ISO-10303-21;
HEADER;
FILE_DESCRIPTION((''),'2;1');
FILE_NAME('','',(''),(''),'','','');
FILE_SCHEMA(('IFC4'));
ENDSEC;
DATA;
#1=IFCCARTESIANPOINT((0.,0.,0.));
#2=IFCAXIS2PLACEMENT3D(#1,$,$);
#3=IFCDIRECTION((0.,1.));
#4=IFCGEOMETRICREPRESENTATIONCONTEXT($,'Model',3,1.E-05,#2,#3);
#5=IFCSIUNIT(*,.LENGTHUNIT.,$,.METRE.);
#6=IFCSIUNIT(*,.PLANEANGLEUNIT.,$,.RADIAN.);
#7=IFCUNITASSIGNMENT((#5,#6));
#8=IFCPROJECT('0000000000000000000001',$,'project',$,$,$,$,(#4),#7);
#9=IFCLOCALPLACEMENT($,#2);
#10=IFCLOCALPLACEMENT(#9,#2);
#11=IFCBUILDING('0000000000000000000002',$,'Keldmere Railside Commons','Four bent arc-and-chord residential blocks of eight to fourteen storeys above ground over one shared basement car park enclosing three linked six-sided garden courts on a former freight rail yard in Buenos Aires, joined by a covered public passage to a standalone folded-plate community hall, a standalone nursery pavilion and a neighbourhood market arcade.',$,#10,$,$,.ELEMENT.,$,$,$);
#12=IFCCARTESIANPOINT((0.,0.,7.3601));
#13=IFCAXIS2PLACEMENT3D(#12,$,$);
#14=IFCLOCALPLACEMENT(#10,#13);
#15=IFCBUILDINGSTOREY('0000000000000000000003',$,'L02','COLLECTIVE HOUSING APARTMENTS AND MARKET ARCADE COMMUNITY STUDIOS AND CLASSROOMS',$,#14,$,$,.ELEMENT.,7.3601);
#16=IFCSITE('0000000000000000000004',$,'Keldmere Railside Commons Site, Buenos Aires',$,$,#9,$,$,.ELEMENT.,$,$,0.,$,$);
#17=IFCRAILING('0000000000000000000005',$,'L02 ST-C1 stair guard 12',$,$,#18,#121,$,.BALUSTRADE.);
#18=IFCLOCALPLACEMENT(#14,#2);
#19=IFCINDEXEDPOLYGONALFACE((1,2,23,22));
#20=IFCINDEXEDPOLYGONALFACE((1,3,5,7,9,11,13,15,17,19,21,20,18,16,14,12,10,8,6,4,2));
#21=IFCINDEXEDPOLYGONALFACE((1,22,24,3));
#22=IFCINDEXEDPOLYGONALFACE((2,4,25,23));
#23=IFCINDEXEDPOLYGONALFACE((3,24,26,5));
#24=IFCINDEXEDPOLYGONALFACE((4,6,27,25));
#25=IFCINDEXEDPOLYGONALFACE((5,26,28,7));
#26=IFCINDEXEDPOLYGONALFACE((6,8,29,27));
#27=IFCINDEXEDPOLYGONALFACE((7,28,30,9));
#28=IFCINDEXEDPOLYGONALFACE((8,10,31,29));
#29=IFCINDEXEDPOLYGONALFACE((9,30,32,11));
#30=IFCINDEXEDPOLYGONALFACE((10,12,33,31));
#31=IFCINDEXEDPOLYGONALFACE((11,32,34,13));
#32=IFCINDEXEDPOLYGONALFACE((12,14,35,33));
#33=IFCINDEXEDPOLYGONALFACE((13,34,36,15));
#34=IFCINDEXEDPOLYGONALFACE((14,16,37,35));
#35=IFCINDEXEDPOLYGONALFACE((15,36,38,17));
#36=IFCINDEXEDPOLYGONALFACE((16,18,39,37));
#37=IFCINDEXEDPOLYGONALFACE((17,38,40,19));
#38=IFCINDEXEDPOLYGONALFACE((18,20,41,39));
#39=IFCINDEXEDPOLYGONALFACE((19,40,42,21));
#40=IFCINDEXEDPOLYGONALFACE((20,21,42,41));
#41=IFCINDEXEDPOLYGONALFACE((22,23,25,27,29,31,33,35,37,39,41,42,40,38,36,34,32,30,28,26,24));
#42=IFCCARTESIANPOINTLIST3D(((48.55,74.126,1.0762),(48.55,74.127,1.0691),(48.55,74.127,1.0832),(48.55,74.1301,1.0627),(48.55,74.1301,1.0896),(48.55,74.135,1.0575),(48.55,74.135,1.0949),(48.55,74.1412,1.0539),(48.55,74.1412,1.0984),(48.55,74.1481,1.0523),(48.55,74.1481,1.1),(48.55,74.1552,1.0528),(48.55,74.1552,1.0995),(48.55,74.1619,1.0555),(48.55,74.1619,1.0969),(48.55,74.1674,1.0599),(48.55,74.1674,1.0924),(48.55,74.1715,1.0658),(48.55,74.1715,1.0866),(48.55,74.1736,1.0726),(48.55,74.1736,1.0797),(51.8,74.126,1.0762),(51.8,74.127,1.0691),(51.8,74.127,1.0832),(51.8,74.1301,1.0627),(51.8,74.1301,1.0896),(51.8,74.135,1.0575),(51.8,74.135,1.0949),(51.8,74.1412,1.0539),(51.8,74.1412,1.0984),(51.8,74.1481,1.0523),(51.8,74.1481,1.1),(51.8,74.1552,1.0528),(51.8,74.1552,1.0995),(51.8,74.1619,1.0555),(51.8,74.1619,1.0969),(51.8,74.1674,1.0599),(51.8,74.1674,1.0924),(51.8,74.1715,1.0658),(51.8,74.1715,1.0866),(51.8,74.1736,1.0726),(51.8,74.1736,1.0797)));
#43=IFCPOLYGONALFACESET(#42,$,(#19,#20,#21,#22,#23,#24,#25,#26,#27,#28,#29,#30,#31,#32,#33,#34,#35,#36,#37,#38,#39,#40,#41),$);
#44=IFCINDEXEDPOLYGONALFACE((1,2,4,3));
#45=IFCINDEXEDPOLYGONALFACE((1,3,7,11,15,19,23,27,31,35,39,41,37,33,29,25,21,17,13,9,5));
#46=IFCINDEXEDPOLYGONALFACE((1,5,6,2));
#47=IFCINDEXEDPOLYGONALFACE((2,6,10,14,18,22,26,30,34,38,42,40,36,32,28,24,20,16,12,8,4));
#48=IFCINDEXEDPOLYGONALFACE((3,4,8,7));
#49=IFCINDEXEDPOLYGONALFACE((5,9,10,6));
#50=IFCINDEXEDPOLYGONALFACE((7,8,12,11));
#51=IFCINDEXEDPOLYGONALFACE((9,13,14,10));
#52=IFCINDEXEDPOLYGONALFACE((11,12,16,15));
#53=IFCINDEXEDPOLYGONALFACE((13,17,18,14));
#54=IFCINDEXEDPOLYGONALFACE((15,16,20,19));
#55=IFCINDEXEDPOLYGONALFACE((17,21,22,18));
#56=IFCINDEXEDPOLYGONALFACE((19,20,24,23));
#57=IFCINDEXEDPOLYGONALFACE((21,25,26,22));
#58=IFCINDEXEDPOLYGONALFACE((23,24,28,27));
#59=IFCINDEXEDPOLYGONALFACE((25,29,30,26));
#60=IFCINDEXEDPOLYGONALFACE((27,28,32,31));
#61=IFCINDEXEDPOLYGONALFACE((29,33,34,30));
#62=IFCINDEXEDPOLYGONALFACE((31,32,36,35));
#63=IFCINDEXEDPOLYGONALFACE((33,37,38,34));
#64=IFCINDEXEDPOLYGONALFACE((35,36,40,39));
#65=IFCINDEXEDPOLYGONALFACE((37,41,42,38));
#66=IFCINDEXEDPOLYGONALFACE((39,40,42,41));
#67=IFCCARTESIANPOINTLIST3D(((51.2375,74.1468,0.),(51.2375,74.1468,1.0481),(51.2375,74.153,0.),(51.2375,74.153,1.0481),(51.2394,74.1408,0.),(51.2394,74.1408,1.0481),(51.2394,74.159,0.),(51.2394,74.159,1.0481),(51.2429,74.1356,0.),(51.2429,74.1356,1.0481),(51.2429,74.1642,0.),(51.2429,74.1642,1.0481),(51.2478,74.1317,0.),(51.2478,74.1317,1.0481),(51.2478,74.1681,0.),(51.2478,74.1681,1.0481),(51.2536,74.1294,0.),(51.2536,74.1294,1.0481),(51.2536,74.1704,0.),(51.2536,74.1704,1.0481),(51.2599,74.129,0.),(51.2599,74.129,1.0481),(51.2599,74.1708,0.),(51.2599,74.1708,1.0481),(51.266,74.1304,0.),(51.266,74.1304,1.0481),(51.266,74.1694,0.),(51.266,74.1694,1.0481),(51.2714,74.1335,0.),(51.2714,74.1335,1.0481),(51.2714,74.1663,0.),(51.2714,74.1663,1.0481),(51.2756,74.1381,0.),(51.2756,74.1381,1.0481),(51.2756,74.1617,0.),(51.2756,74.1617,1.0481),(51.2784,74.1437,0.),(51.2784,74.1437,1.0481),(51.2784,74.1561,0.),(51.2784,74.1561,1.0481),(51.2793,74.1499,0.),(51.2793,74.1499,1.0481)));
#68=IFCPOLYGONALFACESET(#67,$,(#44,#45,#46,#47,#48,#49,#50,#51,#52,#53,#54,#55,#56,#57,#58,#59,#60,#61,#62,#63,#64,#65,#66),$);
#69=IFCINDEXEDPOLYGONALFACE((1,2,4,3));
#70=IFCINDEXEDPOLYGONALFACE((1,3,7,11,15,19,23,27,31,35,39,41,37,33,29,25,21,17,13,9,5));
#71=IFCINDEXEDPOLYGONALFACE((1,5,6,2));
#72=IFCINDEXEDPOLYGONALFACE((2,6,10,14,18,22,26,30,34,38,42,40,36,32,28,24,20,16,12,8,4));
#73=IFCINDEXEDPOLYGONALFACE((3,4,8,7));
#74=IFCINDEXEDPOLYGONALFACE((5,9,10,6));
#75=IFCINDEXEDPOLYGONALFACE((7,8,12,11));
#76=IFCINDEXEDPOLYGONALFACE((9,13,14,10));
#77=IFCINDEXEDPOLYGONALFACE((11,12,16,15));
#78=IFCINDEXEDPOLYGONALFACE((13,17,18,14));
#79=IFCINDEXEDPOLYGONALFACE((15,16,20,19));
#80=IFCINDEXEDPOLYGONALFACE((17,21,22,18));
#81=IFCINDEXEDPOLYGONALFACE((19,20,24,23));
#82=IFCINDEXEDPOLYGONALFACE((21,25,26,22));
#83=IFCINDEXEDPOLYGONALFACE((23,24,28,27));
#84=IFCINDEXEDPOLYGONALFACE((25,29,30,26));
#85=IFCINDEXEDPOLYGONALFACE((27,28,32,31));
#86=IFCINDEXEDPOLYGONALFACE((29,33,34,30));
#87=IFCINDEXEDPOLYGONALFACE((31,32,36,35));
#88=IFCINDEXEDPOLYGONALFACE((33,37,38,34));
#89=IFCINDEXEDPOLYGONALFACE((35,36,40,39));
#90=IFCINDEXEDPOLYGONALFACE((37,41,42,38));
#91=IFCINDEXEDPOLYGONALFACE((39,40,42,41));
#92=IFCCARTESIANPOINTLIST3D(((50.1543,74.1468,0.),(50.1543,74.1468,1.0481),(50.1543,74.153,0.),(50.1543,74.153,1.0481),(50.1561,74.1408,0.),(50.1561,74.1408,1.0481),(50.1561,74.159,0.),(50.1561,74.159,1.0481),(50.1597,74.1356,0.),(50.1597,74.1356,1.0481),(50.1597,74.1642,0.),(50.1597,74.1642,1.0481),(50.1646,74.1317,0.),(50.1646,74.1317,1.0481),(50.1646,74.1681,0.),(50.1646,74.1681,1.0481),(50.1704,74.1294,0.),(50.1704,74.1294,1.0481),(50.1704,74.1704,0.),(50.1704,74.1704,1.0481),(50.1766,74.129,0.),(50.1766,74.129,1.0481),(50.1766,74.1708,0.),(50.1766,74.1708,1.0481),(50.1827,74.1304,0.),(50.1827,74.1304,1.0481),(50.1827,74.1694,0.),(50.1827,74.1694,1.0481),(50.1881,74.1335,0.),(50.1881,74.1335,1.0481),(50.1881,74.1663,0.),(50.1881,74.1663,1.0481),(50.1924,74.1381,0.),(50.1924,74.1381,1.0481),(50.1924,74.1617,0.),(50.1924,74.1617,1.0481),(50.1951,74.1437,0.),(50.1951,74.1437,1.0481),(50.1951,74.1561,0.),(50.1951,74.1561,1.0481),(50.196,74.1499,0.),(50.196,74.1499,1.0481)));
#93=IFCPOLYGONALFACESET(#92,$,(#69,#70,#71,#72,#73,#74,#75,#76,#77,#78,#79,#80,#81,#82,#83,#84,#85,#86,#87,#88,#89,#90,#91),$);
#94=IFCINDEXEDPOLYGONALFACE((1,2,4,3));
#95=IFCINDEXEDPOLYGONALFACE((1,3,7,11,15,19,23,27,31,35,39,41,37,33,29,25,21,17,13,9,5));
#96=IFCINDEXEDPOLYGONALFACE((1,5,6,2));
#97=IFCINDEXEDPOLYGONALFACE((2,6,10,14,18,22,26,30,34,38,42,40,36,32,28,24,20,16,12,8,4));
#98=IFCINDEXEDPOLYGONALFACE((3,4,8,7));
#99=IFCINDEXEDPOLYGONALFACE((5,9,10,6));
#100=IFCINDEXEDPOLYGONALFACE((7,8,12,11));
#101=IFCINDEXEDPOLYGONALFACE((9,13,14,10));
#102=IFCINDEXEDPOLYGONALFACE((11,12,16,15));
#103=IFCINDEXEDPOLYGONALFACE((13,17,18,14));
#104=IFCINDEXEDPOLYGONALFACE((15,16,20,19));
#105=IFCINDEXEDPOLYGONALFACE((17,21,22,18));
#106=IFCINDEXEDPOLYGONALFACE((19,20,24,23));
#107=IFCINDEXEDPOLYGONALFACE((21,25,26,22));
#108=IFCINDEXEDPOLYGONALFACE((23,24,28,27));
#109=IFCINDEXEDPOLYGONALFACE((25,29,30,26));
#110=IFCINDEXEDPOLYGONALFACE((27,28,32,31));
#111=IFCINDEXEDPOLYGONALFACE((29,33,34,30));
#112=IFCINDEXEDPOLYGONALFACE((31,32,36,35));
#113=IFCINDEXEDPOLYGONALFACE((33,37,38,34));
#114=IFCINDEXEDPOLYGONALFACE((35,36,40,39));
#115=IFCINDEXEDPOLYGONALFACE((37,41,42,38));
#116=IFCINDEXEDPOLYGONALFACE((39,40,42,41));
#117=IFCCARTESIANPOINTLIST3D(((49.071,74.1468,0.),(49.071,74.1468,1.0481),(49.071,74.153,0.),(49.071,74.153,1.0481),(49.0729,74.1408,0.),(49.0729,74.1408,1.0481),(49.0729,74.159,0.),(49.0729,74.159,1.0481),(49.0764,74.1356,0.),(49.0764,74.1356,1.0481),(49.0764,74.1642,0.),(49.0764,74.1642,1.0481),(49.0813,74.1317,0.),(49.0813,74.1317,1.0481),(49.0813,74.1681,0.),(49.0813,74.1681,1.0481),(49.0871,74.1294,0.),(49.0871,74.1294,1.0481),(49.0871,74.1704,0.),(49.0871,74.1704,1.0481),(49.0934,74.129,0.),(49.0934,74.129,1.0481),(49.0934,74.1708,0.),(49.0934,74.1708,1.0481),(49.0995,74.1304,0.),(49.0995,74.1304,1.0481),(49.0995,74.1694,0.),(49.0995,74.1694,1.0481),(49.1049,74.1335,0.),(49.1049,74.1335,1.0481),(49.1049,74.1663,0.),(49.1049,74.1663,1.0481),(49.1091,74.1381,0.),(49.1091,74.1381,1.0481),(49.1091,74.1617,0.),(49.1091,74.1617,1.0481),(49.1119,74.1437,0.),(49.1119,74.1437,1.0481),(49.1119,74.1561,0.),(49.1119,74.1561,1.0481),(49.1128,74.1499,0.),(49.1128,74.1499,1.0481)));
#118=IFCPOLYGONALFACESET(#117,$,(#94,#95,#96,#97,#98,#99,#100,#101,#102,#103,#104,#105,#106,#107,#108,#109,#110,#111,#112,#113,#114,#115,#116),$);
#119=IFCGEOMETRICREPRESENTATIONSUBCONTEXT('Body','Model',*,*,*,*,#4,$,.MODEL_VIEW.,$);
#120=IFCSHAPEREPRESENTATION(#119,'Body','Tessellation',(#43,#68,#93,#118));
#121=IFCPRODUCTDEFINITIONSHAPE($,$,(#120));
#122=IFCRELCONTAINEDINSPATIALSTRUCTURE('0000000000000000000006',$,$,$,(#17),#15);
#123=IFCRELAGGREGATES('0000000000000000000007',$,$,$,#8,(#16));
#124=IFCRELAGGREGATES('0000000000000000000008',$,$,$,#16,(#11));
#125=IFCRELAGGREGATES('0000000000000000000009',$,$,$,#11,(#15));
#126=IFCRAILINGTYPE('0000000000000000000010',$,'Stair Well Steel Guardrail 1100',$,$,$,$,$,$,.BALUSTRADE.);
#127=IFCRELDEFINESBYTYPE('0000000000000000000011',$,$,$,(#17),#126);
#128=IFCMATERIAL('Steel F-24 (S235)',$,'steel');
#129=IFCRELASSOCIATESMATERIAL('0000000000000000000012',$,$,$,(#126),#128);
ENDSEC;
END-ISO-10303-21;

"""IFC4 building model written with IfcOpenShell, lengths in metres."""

from ifc_helpers import new_model, si_unit, direction, frame, origin, origin_2d, place, context, subcontext, project, spatial, circle, extrude, material, type_object, element, save


model = new_model("IFC4")

# Units and contexts
model_context = context("Model", 3, precision=1e-05, world=origin(), true_north=direction((0.0, 1.0)))
body_context = subcontext(model_context, "Body", "Model", "MODEL_VIEW")
ifc_project = project(units=[si_unit("LENGTHUNIT", "METRE"), si_unit("PLANEANGLEUNIT", "RADIAN")], contexts=[model_context])

# Site, building, storey
site_placement = place(None, origin())
site = spatial("IfcSite", under=ifc_project, at=site_placement, Name="Keldmere Railside Commons Site, Buenos Aires", CompositionType="ELEMENT", RefElevation=0.0)
building_placement = place(site_placement, origin())
building = spatial("IfcBuilding", under=site, at=building_placement, Name="Keldmere Railside Commons", Description="Four bent arc-and-chord residential blocks of eight to fourteen storeys above ground over one shared basement car park enclosing three linked six-sided garden courts on a former freight rail yard in Buenos Aires, joined by a covered public passage to a standalone folded-plate community hall, a standalone nursery pavilion and a neighbourhood market arcade.", CompositionType="ELEMENT")
storey_placement = place(building_placement, frame((0.0, 0.0, 7.3601)))
storey = spatial("IfcBuildingStorey", under=building, at=storey_placement, Name="L02", Description="COLLECTIVE HOUSING APARTMENTS AND MARKET ARCADE COMMUNITY STUDIOS AND CLASSROOMS", CompositionType="ELEMENT", Elevation=7.3601)

# Shared definitions
ifc_material_1 = material(Name="Steel F-24 (S235)", Category="steel")

# Railing
railing_type_1 = type_object("IfcRailingType", Name="Stair Well Steel Guardrail 1100", PredefinedType="BALUSTRADE", material=ifc_material_1)
railing_1_placement = place(storey_placement, frame((51.8, 74.1499, 0.0)))
element("IfcRailing", 1, at=railing_1_placement, inside=storey, type_object=railing_type_1, Name="L02 ST-C1 stair guard 12", PredefinedType="BALUSTRADE", context=body_context, shape_type="SweptSolid", body=[
    extrude(circle(Radius=0.0239, at=origin_2d()), frame((0.0, 0.0, 1.0762), z_axis=(-1.0, 0.0, 0.0), x_axis=(0.0, -1.0, 0.0)), (0.0, 0.0, 1.0), 3.25),
    extrude(circle(Radius=0.021, at=origin_2d()), frame((-0.5417, 0.0, 0.0)), (0.0, 0.0, 1.0), 1.0481),
    extrude(circle(Radius=0.021, at=origin_2d()), frame((-1.625, 0.0, 0.0)), (0.0, 0.0, 1.0), 1.0481),
    extrude(circle(Radius=0.021, at=origin_2d()), frame((-2.7083, 0.0, 0.0)), (0.0, 0.0, 1.0), 1.0481),
])

save(model, "model.ifc")
